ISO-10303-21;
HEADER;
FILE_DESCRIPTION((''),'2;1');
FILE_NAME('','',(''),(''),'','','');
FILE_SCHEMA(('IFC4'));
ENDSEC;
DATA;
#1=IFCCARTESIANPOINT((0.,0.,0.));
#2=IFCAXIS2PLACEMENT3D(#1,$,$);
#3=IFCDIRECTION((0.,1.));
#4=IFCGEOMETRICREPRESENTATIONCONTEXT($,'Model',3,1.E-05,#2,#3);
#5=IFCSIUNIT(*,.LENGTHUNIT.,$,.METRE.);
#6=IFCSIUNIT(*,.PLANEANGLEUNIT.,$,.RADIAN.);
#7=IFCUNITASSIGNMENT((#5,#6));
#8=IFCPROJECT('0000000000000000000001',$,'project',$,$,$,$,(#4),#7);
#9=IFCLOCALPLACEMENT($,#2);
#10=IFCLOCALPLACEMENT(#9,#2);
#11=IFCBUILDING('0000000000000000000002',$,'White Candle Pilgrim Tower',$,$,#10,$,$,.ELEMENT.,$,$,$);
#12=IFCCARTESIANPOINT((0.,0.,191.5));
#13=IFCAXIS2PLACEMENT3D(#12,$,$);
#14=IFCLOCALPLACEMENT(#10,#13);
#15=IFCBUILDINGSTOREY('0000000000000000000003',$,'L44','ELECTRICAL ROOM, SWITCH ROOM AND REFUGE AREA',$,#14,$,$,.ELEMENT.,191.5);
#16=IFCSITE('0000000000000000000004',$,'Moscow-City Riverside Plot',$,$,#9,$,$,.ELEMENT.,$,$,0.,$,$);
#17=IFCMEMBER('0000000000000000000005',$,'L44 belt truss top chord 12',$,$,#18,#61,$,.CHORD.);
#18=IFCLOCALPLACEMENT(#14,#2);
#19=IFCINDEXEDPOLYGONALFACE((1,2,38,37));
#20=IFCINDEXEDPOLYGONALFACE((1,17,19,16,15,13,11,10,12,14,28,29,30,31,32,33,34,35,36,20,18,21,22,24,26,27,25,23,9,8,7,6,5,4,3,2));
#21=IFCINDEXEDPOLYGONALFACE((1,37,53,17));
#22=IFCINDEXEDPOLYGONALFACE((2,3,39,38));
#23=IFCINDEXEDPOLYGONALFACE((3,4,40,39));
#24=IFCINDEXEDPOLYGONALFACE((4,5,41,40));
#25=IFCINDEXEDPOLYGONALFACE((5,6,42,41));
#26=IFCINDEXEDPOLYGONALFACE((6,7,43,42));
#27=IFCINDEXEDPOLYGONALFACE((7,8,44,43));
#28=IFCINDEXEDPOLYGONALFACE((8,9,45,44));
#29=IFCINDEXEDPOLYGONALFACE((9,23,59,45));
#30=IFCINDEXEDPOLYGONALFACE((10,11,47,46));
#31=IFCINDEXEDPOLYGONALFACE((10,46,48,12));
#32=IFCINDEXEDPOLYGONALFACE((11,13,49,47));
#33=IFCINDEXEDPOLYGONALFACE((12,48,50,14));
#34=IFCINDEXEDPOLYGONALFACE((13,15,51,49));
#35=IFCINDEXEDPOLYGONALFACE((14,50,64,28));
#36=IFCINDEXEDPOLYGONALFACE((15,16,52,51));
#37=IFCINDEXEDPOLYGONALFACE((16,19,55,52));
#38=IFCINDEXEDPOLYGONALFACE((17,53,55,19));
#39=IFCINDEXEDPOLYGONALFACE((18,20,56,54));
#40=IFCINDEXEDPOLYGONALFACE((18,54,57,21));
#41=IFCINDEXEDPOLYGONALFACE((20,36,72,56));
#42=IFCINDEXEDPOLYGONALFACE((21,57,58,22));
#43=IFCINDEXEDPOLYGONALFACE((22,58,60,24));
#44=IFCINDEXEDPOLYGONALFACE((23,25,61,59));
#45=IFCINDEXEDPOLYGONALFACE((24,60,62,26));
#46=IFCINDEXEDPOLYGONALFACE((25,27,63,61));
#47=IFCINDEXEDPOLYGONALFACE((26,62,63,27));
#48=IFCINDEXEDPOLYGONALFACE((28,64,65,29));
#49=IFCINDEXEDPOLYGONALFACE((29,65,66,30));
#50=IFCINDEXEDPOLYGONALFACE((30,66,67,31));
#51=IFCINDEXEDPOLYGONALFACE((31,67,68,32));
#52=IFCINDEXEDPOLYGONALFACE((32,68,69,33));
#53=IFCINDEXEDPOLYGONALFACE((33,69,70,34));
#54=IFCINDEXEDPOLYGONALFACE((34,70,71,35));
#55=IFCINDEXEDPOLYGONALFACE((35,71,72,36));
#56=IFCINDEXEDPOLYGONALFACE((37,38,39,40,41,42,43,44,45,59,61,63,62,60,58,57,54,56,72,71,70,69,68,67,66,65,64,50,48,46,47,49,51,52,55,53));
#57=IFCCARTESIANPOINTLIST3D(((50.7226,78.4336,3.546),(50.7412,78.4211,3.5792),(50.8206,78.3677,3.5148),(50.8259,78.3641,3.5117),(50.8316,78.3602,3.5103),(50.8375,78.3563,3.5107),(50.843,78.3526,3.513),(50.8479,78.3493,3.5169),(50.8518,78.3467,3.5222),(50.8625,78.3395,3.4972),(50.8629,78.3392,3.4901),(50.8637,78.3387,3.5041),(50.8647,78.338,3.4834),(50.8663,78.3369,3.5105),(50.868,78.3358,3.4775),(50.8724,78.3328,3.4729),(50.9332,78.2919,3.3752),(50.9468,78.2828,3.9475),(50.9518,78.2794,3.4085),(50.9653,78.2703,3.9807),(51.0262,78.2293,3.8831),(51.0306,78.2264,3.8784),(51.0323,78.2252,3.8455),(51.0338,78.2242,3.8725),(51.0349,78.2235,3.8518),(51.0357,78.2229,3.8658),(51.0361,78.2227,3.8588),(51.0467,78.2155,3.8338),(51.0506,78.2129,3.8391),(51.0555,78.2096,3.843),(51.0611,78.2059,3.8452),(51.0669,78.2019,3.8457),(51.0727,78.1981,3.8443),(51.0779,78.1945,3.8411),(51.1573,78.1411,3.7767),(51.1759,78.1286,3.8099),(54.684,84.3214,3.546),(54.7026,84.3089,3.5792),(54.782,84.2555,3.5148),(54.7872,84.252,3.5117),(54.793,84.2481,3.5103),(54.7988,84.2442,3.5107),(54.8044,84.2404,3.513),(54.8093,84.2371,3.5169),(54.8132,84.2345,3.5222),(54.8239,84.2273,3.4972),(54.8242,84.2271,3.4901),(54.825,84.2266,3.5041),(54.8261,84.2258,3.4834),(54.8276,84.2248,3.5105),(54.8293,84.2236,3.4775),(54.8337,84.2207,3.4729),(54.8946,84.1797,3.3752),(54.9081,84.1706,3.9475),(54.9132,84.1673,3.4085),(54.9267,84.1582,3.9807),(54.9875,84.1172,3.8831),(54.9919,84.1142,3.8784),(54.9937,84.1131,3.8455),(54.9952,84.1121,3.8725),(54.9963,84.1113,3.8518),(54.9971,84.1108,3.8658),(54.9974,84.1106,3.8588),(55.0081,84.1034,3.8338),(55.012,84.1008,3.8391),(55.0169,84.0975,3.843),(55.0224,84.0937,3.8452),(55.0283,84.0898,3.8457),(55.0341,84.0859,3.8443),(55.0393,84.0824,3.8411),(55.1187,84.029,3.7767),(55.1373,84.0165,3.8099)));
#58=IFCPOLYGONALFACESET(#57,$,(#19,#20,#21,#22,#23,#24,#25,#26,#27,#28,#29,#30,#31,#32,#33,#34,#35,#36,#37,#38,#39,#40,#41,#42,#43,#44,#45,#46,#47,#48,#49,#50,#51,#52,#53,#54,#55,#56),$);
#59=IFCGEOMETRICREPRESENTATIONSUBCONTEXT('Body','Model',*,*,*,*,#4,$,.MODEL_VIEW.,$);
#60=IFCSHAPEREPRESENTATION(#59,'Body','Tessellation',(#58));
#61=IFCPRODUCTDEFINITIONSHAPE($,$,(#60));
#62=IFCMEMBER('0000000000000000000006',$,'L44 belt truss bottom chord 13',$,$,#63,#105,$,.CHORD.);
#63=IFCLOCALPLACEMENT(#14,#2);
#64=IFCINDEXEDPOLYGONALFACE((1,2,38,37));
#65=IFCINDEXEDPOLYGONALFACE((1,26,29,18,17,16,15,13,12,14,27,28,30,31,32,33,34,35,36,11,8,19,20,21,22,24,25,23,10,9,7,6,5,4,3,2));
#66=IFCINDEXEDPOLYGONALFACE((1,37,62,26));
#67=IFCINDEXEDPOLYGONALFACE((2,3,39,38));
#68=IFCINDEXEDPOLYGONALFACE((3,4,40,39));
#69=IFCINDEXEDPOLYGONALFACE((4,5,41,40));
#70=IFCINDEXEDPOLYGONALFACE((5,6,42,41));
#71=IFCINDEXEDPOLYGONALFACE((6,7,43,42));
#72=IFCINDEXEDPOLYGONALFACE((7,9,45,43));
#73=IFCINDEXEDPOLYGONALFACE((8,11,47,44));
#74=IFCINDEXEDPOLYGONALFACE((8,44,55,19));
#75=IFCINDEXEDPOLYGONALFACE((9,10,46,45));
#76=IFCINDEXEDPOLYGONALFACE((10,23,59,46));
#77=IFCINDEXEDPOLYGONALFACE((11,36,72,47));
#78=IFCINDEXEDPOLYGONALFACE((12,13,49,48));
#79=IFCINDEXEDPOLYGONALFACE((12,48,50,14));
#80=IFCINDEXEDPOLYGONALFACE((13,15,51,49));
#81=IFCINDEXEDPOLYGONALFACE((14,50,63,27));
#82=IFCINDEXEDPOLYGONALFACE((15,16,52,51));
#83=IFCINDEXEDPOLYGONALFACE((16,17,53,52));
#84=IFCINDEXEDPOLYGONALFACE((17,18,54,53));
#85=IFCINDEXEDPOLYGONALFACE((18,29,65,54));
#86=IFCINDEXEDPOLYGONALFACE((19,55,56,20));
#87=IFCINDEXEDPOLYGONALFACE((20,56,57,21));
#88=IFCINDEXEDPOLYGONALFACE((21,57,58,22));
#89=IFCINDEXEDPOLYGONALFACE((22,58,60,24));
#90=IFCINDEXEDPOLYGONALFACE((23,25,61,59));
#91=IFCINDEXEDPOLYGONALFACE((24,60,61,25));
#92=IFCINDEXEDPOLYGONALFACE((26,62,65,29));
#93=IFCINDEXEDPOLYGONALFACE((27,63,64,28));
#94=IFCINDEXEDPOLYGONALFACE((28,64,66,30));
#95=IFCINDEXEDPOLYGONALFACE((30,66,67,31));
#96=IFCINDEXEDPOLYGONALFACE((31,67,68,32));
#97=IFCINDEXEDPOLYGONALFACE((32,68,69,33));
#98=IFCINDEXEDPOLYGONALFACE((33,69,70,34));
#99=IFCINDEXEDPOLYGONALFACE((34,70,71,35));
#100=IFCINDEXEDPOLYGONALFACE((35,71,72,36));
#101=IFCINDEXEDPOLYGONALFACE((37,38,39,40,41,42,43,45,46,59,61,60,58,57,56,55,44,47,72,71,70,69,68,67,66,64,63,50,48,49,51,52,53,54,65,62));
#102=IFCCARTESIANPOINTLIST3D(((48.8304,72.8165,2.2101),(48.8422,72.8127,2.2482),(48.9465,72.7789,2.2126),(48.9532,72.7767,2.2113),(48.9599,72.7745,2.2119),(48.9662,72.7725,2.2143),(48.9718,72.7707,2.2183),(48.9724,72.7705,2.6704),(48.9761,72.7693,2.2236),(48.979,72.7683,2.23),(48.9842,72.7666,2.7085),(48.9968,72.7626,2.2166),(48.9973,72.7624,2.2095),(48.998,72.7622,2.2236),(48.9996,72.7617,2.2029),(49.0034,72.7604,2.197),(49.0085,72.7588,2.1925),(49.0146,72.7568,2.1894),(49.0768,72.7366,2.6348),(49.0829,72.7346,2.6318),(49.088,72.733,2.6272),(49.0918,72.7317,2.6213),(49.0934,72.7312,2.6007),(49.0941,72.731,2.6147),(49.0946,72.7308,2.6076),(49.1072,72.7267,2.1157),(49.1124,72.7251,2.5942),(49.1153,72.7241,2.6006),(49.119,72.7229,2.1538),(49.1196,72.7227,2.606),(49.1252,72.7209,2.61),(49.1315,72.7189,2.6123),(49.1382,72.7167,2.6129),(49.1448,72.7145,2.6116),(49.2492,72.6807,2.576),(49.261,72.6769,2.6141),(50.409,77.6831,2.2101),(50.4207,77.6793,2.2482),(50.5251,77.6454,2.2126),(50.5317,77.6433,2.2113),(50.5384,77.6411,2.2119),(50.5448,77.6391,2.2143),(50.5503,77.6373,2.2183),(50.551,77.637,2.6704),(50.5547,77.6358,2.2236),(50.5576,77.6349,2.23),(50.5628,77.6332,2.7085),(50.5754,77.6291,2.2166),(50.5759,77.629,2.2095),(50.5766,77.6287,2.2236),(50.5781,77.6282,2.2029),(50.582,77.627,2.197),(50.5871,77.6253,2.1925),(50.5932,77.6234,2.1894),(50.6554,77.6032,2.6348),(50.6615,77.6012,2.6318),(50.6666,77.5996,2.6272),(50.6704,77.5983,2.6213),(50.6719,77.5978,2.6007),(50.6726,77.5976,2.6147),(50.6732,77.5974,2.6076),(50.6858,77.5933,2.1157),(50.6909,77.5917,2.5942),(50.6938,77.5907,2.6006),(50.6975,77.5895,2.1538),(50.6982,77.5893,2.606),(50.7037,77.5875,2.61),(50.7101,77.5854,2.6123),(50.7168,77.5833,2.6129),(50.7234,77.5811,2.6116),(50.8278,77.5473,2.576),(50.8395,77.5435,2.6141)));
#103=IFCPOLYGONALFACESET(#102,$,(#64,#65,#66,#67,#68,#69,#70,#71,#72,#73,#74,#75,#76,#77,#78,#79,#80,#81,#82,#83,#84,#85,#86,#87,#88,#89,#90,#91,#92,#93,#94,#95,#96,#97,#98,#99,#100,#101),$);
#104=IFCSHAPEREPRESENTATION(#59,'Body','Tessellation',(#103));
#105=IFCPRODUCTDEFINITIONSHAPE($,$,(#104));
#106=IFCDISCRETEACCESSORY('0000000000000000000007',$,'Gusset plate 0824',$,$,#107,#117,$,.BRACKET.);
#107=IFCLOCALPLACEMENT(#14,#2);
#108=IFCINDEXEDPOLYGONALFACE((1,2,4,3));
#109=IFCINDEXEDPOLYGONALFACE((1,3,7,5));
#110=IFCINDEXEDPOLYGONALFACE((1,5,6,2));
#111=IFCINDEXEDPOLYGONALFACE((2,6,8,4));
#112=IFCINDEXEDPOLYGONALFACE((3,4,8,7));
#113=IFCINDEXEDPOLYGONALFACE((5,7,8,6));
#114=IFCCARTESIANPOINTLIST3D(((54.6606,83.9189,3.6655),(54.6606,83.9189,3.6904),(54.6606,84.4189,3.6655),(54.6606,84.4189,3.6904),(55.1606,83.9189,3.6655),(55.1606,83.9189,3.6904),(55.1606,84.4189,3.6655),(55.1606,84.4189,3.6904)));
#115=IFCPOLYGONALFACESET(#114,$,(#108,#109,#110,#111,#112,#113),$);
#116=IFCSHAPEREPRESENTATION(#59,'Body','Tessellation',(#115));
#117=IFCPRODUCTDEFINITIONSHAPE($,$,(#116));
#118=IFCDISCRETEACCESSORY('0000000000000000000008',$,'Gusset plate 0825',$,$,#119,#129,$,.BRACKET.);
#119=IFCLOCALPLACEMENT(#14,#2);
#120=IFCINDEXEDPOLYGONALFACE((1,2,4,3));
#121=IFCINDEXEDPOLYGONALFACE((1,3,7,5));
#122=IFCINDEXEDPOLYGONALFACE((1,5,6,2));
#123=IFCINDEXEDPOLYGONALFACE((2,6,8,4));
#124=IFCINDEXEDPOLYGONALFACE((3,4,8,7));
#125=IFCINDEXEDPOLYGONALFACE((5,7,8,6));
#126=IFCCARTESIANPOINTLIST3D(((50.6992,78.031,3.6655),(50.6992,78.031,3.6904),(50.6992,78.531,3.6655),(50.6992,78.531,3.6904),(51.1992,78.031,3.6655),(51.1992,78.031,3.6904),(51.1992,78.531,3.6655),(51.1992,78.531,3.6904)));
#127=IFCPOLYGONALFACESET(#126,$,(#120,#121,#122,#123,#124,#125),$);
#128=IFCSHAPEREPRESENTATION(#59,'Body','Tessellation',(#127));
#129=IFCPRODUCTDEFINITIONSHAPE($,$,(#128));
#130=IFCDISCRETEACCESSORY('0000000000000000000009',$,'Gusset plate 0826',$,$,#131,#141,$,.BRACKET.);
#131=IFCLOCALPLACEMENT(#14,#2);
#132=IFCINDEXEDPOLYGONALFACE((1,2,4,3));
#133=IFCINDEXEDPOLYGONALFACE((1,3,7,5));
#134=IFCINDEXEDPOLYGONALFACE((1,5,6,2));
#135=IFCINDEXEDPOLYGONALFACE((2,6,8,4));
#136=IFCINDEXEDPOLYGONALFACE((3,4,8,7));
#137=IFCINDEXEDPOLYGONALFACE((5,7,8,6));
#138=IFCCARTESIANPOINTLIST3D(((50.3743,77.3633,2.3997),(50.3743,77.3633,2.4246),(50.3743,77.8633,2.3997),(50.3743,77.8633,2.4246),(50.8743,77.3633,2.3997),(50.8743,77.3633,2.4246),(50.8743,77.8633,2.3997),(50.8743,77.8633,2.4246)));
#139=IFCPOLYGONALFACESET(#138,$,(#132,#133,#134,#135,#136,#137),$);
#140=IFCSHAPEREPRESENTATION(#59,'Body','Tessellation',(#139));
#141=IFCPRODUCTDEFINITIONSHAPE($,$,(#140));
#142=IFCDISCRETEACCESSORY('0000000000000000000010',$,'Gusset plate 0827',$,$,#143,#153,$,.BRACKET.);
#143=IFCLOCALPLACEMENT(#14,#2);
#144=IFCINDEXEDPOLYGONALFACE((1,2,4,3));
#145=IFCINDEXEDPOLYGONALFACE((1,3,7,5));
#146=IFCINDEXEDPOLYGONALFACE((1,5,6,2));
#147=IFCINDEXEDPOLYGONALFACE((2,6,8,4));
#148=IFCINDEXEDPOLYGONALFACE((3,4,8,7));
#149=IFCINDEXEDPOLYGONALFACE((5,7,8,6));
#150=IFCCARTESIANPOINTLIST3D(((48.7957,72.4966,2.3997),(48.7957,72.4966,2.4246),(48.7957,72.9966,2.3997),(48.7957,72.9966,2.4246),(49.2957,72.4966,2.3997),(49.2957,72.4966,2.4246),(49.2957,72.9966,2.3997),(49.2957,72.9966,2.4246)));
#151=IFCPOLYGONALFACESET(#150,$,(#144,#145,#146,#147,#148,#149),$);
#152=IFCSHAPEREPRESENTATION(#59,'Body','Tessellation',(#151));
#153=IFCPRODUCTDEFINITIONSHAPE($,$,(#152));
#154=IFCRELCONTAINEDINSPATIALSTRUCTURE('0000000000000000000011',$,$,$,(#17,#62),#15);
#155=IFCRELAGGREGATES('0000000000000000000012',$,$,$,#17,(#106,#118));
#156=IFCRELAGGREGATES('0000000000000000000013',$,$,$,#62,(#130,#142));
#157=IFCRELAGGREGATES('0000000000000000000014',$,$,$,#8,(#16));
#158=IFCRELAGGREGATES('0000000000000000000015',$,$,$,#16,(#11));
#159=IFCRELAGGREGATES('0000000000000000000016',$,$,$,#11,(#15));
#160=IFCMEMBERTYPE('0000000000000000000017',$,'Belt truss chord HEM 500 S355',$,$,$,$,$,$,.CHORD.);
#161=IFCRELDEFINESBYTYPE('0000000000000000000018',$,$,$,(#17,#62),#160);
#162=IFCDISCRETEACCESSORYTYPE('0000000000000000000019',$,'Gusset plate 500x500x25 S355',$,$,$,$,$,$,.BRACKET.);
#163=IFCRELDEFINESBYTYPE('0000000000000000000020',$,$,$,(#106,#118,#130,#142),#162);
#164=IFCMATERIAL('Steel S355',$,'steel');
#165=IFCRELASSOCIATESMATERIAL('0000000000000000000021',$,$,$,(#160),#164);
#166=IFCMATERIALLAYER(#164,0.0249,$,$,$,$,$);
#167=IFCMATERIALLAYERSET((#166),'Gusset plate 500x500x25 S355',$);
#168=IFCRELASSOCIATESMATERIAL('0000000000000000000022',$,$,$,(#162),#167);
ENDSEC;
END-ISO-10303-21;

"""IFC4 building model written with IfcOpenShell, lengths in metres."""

from ifc_helpers import new_model, si_unit, direction, frame, origin, origin_2d, place, context, subcontext, project, spatial, rectangle, i_section, extrude, material, layer, layer_set, material_profile, profile_set, type_object, element, aggregate, save


model = new_model("IFC4")

# Units and contexts
model_context = context("Model", 3, precision=1e-05, world=origin(), true_north=direction((0.0, 1.0)))
body_context = subcontext(model_context, "Body", "Model", "MODEL_VIEW")
ifc_project = project(units=[si_unit("LENGTHUNIT", "METRE"), si_unit("PLANEANGLEUNIT", "RADIAN")], contexts=[model_context])

# Site, building, storey
site_placement = place(None, origin())
site = spatial("IfcSite", under=ifc_project, at=site_placement, Name="Moscow-City Riverside Plot", CompositionType="ELEMENT", RefElevation=0.0)
building_placement = place(site_placement, origin())
building = spatial("IfcBuilding", under=site, at=building_placement, Name="White Candle Pilgrim Tower", CompositionType="ELEMENT")
storey_placement = place(building_placement, frame((0.0, 0.0, 191.5)))
storey = spatial("IfcBuildingStorey", under=building, at=storey_placement, Name="L44", Description="ELECTRICAL ROOM, SWITCH ROOM AND REFUGE AREA", CompositionType="ELEMENT", Elevation=191.5)

# Members
ifc_material_1 = material(Name="Steel S355", Category="steel")
ifc_material_profile_1 = material_profile(ifc_material_1, i_section(OverallWidth=0.3059, OverallDepth=0.5239, WebThickness=0.021, FlangeThickness=0.04, FilletRadius=0.0271, at=origin_2d()), Name="HEM 500")
ifc_profile_set_1 = profile_set([ifc_material_profile_1], Name="Steel S355")
member_type_1 = type_object("IfcMemberType", Name="Belt truss chord HEM 500 S355", PredefinedType="CHORD", material=ifc_profile_set_1)
member_1_placement = place(storey_placement, frame((54.9106, 84.1689, 3.678), z_axis=(-0.55822, -0.829693, 0.0), x_axis=(0.688387, -0.463149, -0.558227)))
member_1 = element("IfcMember", 1, at=member_1_placement, inside=storey, type_object=member_type_1, Name="L44 belt truss top chord 12", PredefinedType="CHORD", context=body_context, shape_type="SweptSolid", body=[
    extrude(i_section(OverallWidth=0.3059, OverallDepth=0.5239, WebThickness=0.021, FlangeThickness=0.04, FilletRadius=0.0271, at=origin_2d()), origin(), (0.0, 0.0, 1.0), 7.0964),
])
member_2_placement = place(storey_placement, frame((50.6243, 77.6133, 2.4121), z_axis=(-0.308544, -0.95121, 0.0), x_axis=(0.904803, -0.293491, -0.308536)))
member_2 = element("IfcMember", 2, at=member_2_placement, inside=storey, type_object=member_type_1, Name="L44 belt truss bottom chord 13", PredefinedType="CHORD", context=body_context, shape_type="SweptSolid", body=[
    extrude(i_section(OverallWidth=0.3059, OverallDepth=0.5239, WebThickness=0.021, FlangeThickness=0.04, FilletRadius=0.0271, at=origin_2d()), origin(), (0.0, 0.0, 1.0), 5.1162),
])

# Discrete accessories
ifc_layer_1 = layer(ifc_material_1, 0.0249)
ifc_layer_set_1 = layer_set([ifc_layer_1], Name="Gusset plate 500x500x25 S355")
discrete_accessory_type_1 = type_object("IfcDiscreteAccessoryType", Name="Gusset plate 500x500x25 S355", PredefinedType="BRACKET", material=ifc_layer_set_1)
discrete_accessory_1_placement = place(storey_placement, frame((54.9106, 84.1689, 3.6655), z_axis=(0.0, 0.0, 1.0), x_axis=(1.0, 0.0, 0.0)))
discrete_accessory_1 = element("IfcDiscreteAccessory", 3, at=discrete_accessory_1_placement, type_object=discrete_accessory_type_1, Name="Gusset plate 0824", PredefinedType="BRACKET", context=body_context, shape_type="SweptSolid", body=[
    extrude(rectangle(XDim=0.5, YDim=0.5, at=origin_2d()), origin(), (0.0, 0.0, 1.0), 0.0249),
])
discrete_accessory_2_placement = place(storey_placement, frame((50.9492, 78.281, 3.6655), z_axis=(0.0, 0.0, 1.0), x_axis=(1.0, 0.0, 0.0)))
discrete_accessory_2 = element("IfcDiscreteAccessory", 4, at=discrete_accessory_2_placement, type_object=discrete_accessory_type_1, Name="Gusset plate 0825", PredefinedType="BRACKET", context=body_context, shape_type="SweptSolid", body=[
    extrude(rectangle(XDim=0.5, YDim=0.5, at=origin_2d()), origin(), (0.0, 0.0, 1.0), 0.0249),
])
aggregate(member_1, [discrete_accessory_1, discrete_accessory_2])
discrete_accessory_3_placement = place(storey_placement, frame((50.6243, 77.6133, 2.3997), z_axis=(0.0, 0.0, 1.0), x_axis=(1.0, 0.0, 0.0)))
discrete_accessory_3 = element("IfcDiscreteAccessory", 5, at=discrete_accessory_3_placement, type_object=discrete_accessory_type_1, Name="Gusset plate 0826", PredefinedType="BRACKET", context=body_context, shape_type="SweptSolid", body=[
    extrude(rectangle(XDim=0.5, YDim=0.5, at=origin_2d()), origin(), (0.0, 0.0, 1.0), 0.0249),
])
discrete_accessory_4_placement = place(storey_placement, frame((49.0457, 72.7466, 2.3997), z_axis=(0.0, 0.0, 1.0), x_axis=(1.0, 0.0, 0.0)))
discrete_accessory_4 = element("IfcDiscreteAccessory", 6, at=discrete_accessory_4_placement, type_object=discrete_accessory_type_1, Name="Gusset plate 0827", PredefinedType="BRACKET", context=body_context, shape_type="SweptSolid", body=[
    extrude(rectangle(XDim=0.5, YDim=0.5, at=origin_2d()), origin(), (0.0, 0.0, 1.0), 0.0249),
])
aggregate(member_2, [discrete_accessory_3, discrete_accessory_4])

save(model, "model.ifc")
